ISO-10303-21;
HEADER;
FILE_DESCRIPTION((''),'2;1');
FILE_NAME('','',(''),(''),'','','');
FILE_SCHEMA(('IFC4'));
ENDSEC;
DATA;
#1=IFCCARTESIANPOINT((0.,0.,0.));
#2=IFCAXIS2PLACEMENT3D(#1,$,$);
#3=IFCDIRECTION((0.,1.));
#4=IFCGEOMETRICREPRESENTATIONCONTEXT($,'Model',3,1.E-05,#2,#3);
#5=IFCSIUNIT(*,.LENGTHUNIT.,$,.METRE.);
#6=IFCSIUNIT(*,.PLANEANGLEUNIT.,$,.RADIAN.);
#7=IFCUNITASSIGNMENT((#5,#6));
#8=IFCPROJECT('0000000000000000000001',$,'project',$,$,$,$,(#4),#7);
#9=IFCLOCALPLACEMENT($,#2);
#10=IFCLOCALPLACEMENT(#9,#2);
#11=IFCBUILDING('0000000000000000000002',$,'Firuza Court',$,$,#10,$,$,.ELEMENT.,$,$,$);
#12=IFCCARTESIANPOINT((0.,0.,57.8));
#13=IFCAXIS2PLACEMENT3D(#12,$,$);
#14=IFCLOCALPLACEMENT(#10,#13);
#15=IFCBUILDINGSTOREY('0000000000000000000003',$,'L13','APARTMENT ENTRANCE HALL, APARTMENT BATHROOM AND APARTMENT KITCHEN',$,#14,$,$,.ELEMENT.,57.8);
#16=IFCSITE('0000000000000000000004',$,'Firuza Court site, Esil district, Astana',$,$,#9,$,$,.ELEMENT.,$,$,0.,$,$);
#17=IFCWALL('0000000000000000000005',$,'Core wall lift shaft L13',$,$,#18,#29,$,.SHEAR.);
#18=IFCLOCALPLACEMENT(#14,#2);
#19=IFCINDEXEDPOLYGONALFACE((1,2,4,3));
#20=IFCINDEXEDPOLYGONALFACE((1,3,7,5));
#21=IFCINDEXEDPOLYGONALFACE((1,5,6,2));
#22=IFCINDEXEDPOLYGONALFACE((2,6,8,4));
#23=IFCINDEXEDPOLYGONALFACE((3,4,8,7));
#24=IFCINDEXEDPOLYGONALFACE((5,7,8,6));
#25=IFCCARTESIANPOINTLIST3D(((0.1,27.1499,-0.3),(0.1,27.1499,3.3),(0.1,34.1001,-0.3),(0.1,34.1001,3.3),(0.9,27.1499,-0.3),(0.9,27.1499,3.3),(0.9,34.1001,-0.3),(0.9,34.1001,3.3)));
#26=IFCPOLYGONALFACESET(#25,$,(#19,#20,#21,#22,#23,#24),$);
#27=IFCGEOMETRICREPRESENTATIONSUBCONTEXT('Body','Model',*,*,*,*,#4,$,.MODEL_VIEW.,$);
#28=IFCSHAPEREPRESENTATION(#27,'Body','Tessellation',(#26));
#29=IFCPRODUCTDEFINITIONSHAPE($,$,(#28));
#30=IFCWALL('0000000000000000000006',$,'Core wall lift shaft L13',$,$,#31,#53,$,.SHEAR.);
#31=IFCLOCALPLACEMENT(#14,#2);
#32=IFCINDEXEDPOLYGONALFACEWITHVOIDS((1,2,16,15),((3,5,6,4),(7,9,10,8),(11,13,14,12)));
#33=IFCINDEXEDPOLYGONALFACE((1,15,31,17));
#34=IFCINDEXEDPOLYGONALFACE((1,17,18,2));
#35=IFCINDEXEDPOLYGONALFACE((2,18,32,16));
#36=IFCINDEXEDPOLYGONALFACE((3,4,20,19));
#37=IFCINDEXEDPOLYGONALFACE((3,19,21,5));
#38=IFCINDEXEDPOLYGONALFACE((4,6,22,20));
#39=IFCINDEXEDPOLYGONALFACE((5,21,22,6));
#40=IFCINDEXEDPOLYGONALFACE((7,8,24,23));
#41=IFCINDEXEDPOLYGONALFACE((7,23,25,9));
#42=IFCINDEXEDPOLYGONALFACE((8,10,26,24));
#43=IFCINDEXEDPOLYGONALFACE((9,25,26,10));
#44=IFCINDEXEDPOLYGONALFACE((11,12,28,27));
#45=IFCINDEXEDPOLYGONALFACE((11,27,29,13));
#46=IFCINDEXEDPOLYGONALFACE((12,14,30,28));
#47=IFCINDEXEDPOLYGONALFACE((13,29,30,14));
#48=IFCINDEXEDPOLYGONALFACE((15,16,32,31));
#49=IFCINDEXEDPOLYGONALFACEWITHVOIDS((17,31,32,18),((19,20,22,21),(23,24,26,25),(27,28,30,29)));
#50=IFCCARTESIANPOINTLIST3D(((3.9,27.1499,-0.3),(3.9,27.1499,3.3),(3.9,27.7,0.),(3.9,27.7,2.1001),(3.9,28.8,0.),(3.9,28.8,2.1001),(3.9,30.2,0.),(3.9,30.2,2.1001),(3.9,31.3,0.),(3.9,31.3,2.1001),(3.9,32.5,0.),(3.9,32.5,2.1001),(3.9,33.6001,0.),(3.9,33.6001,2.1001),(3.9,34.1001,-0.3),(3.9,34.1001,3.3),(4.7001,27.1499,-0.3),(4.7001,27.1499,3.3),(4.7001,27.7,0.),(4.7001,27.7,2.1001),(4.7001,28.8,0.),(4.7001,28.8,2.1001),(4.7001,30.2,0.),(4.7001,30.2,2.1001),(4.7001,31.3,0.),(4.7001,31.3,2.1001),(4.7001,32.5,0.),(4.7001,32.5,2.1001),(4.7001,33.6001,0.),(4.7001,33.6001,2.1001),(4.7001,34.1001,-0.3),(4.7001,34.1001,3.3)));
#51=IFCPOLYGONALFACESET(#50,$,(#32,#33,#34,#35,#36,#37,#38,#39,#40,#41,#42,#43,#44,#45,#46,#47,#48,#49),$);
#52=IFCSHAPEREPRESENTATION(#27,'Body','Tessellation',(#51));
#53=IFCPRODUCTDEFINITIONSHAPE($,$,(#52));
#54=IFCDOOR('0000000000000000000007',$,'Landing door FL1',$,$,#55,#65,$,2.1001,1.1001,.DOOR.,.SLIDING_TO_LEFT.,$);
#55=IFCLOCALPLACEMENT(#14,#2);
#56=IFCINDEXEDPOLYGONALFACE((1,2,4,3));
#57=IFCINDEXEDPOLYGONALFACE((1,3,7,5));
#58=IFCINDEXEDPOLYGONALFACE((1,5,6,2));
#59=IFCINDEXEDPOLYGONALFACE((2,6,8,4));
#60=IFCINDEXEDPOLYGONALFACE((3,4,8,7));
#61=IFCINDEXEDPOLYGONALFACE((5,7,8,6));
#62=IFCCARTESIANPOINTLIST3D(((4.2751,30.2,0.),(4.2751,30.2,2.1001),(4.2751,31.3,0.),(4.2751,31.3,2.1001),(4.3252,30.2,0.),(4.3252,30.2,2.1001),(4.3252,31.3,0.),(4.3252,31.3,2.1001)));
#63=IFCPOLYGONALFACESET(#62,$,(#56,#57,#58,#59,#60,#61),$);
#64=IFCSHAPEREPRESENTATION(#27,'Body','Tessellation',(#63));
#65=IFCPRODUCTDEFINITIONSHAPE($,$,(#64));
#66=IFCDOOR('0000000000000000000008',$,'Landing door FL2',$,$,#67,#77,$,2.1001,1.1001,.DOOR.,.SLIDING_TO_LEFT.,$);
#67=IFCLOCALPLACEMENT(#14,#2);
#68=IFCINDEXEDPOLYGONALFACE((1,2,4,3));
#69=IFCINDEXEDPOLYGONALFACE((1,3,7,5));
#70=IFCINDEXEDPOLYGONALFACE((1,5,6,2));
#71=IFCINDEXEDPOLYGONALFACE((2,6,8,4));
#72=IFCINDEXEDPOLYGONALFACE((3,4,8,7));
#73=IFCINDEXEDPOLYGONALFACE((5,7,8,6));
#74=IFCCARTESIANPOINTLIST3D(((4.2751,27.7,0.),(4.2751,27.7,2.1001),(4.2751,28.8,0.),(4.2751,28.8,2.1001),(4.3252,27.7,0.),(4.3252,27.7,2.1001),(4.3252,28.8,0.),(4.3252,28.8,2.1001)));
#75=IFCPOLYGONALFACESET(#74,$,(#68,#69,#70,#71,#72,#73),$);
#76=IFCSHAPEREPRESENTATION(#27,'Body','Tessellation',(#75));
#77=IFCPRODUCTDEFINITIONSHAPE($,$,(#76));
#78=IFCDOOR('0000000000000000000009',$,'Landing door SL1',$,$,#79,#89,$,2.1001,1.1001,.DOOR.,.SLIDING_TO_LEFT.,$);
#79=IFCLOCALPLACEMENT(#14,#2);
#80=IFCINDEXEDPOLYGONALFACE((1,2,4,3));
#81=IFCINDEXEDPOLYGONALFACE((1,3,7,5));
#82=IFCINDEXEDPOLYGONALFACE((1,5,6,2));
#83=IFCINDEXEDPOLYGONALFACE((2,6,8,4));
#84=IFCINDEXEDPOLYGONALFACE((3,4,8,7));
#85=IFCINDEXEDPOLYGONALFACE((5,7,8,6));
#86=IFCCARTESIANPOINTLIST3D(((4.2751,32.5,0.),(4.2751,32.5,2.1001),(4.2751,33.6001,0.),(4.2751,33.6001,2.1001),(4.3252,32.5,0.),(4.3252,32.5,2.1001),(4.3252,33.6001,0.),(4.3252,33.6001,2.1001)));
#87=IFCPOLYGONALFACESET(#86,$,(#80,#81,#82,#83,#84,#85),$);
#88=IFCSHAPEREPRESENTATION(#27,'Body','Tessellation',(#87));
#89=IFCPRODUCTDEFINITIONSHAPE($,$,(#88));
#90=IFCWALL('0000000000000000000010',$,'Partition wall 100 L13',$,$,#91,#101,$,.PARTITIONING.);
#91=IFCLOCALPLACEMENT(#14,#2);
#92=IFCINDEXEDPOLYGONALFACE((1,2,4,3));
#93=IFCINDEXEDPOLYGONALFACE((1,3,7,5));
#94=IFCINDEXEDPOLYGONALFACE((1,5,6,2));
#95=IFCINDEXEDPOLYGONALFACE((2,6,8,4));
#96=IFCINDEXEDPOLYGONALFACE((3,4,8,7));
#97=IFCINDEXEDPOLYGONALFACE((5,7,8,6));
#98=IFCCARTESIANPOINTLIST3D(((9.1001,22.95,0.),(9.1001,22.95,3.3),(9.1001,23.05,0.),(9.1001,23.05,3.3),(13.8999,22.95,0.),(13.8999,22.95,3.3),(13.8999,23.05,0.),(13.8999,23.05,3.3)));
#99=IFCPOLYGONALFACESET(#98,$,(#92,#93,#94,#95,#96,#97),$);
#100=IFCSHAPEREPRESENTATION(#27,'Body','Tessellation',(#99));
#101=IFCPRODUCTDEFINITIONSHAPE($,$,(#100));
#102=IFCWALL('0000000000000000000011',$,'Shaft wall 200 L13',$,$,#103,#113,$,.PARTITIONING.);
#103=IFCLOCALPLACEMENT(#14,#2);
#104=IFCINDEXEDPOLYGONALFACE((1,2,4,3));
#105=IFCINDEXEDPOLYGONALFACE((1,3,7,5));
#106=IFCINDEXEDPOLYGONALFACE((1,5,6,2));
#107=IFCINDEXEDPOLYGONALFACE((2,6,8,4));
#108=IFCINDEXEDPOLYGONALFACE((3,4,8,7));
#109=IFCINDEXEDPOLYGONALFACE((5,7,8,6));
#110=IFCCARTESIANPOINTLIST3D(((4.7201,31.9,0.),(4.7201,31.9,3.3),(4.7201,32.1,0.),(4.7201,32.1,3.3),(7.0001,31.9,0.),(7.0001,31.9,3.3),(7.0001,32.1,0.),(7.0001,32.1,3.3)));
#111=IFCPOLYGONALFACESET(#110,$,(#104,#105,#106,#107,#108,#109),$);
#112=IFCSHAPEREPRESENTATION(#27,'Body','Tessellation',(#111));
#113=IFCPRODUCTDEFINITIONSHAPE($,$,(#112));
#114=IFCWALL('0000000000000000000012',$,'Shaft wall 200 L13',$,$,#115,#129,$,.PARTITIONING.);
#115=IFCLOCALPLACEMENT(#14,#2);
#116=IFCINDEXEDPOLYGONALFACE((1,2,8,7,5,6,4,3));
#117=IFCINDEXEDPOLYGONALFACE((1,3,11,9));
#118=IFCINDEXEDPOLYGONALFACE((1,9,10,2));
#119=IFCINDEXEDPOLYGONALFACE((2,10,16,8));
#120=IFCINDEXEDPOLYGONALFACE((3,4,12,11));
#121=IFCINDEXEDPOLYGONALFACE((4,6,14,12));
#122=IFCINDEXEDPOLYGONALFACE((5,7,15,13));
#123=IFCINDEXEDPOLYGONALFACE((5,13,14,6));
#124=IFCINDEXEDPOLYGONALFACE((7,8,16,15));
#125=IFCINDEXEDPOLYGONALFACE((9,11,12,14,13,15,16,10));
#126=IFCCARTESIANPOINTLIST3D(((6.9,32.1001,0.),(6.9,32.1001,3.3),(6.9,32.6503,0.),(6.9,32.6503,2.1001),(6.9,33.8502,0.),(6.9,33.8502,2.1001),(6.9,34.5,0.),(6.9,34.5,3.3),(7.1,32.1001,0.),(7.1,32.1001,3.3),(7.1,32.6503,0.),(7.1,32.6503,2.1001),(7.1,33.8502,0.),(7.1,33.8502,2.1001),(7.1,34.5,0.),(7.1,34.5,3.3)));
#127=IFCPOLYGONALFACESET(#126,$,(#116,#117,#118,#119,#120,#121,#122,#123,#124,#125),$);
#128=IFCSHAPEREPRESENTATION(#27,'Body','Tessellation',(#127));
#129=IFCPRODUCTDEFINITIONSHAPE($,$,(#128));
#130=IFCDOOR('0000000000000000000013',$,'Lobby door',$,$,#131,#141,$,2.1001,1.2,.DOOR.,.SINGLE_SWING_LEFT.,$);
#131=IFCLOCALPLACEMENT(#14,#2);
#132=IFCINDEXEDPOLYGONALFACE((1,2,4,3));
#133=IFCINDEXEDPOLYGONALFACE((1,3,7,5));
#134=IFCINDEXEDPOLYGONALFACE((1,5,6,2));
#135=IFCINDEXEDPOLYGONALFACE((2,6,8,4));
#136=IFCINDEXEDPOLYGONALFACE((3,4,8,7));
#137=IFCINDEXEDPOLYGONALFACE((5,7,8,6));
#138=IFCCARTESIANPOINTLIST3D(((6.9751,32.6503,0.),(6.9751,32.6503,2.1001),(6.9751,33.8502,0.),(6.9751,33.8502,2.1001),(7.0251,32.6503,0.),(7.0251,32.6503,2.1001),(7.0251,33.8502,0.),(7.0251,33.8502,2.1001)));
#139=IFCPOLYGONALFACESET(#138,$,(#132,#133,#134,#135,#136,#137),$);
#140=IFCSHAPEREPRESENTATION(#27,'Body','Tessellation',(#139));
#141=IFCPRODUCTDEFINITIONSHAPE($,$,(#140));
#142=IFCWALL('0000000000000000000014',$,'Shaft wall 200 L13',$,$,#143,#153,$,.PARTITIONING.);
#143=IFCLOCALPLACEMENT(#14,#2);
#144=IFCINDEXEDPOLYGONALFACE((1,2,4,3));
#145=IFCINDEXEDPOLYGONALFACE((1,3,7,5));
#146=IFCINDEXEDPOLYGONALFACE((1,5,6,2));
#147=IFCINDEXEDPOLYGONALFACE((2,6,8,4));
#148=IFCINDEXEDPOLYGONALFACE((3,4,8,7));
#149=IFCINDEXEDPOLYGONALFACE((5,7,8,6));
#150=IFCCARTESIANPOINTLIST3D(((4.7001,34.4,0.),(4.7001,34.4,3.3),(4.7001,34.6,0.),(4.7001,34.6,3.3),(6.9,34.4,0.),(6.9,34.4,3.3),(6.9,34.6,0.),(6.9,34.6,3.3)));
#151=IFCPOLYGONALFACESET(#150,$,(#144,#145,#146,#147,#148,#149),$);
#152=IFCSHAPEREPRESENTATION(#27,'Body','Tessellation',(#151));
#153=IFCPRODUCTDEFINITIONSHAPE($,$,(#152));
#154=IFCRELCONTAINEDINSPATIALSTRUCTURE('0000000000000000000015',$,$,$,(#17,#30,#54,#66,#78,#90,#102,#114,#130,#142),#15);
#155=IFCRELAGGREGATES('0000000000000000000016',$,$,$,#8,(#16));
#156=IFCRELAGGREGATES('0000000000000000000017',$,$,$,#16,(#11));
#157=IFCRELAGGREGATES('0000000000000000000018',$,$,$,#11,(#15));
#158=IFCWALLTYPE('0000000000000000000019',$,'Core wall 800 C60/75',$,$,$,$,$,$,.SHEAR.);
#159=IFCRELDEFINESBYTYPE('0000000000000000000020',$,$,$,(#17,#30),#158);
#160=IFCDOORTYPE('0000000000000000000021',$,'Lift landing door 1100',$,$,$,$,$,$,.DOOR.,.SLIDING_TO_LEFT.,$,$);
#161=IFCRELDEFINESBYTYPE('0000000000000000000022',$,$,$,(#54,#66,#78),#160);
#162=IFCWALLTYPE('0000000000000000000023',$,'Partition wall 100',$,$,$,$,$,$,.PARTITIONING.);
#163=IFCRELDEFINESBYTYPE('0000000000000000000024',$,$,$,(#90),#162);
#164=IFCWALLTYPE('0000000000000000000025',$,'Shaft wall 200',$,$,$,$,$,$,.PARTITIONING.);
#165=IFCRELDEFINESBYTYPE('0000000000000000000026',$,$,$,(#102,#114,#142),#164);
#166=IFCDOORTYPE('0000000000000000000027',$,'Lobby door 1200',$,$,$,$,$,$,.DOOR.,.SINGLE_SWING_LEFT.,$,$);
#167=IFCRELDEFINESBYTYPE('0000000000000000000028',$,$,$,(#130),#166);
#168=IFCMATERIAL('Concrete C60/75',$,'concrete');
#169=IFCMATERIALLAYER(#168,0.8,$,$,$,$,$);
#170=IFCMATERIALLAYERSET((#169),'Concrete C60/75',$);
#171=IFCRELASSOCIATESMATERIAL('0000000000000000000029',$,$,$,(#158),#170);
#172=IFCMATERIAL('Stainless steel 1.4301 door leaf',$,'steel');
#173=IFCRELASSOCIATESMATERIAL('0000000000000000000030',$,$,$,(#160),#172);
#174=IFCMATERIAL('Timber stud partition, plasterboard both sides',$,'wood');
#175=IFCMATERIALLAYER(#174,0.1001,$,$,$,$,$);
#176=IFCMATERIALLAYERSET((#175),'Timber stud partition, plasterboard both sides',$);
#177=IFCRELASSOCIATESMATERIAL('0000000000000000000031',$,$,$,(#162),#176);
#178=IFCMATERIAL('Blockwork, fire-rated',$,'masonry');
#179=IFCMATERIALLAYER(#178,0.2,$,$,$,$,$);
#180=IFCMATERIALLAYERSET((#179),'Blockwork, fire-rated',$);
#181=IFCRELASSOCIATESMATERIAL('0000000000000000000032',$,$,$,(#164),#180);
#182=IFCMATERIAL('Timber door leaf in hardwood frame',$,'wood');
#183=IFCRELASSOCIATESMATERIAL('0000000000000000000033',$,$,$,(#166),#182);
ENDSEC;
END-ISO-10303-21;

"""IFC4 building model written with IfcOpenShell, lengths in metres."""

from ifc_helpers import new_model, si_unit, direction, frame, frame_2d, origin, place, context, subcontext, project, spatial, rectangle, extrude, material, layer, layer_set, type_object, element, fill, save


model = new_model("IFC4")

# Units and contexts
model_context = context("Model", 3, precision=1e-05, world=origin(), true_north=direction((0.0, 1.0)))
body_context = subcontext(model_context, "Body", "Model", "MODEL_VIEW")
ifc_project = project(units=[si_unit("LENGTHUNIT", "METRE"), si_unit("PLANEANGLEUNIT", "RADIAN")], contexts=[model_context])

# Site, building, storey
site_placement = place(None, origin())
site = spatial("IfcSite", under=ifc_project, at=site_placement, Name="Firuza Court site, Esil district, Astana", CompositionType="ELEMENT", RefElevation=0.0)
building_placement = place(site_placement, origin())
building = spatial("IfcBuilding", under=site, at=building_placement, Name="Firuza Court", CompositionType="ELEMENT")
storey_placement = place(building_placement, frame((0.0, 0.0, 57.8)))
storey = spatial("IfcBuildingStorey", under=building, at=storey_placement, Name="L13", Description="APARTMENT ENTRANCE HALL, APARTMENT BATHROOM AND APARTMENT KITCHEN", CompositionType="ELEMENT", Elevation=57.8)

# Shared definitions
ifc_material_1 = material(Name="Concrete C60/75", Category="concrete")

# Wall
ifc_layer_1 = layer(ifc_material_1, 0.8)
ifc_layer_set_1 = layer_set([ifc_layer_1], Name="Concrete C60/75")
wall_type_1 = type_object("IfcWallType", Name="Core wall 800 C60/75", PredefinedType="SHEAR", material=ifc_layer_set_1)
wall_1_placement = place(storey_placement, frame((0.5, 27.1499, -0.3), z_axis=(0.0, 0.0, 1.0), x_axis=(0.0, 1.0, 0.0)))
element("IfcWall", 1, at=wall_1_placement, inside=storey, type_object=wall_type_1, Name="Core wall lift shaft L13", PredefinedType="SHEAR", context=body_context, shape_type="SweptSolid", body=[
    extrude(rectangle(XDim=6.9502, YDim=0.8, at=frame_2d((3.4751, 0.0))), origin(), (0.0, 0.0, 1.0), 3.6001),
])

# Wall, openings, doors
wall_2_placement = place(storey_placement, frame((4.3, 27.1499, -0.3), z_axis=(0.0, 0.0, 1.0), x_axis=(0.0, 1.0, 0.0)))
wall_2 = element("IfcWall", 2, at=wall_2_placement, inside=storey, type_object=wall_type_1, Name="Core wall lift shaft L13", PredefinedType="SHEAR", context=body_context, shape_type="SweptSolid", body=[
    extrude(rectangle(XDim=6.9502, YDim=0.8, at=frame_2d((3.4751, 0.0))), origin(), (0.0, 0.0, 1.0), 3.6001),
])
opening_1_placement = place(wall_2_placement, frame((3.05, 0.0, 0.3)))
opening_1 = element("IfcOpeningElement", 3, at=opening_1_placement, cuts=wall_2, PredefinedType="OPENING", context=body_context, shape_type="SweptSolid", body=[
    extrude(rectangle(XDim=1.1001, YDim=2.1001, at=frame_2d((0.55, 1.05))), frame((0.0, 0.4121, 0.0), z_axis=(0.0, -1.0, 0.0), x_axis=(1.0, 0.0, 0.0)), (0.0, 0.0, 1.0), 0.824),
])
opening_2_placement = place(wall_2_placement, frame((0.55, 0.0, 0.3)))
opening_2 = element("IfcOpeningElement", 4, at=opening_2_placement, cuts=wall_2, PredefinedType="OPENING", context=body_context, shape_type="SweptSolid", body=[
    extrude(rectangle(XDim=1.1001, YDim=2.1001, at=frame_2d((0.55, 1.05))), frame((0.0, 0.4121, 0.0), z_axis=(0.0, -1.0, 0.0), x_axis=(1.0, 0.0, 0.0)), (0.0, 0.0, 1.0), 0.824),
])
opening_3_placement = place(wall_2_placement, frame((5.3501, 0.0, 0.3)))
opening_3 = element("IfcOpeningElement", 5, at=opening_3_placement, cuts=wall_2, PredefinedType="OPENING", context=body_context, shape_type="SweptSolid", body=[
    extrude(rectangle(XDim=1.1001, YDim=2.1001, at=frame_2d((0.55, 1.05))), frame((0.0, 0.4121, 0.0), z_axis=(0.0, -1.0, 0.0), x_axis=(1.0, 0.0, 0.0)), (0.0, 0.0, 1.0), 0.824),
])
ifc_material_2 = material(Name="Stainless steel 1.4301 door leaf", Category="steel")
door_type_1 = type_object("IfcDoorType", Name="Lift landing door 1100", OperationType="SLIDING_TO_LEFT", PredefinedType="DOOR", material=ifc_material_2)
door_1_placement = place(opening_1_placement, origin())
door_1 = element("IfcDoor", 6, at=door_1_placement, inside=storey, type_object=door_type_1, Name="Landing door FL1", OperationType="SLIDING_TO_LEFT", OverallHeight=2.1001, OverallWidth=1.1001, PredefinedType="DOOR", context=body_context, shape_type="SweptSolid", body=[
    extrude(rectangle(XDim=1.1001, YDim=2.1001, at=frame_2d((0.55, 1.05))), frame((0.0, 0.0249, 0.0), z_axis=(0.0, -1.0, 0.0), x_axis=(1.0, 0.0, 0.0)), (0.0, 0.0, 1.0), 0.05),
])
fill(opening_1, door_1)
door_2_placement = place(opening_2_placement, origin())
door_2 = element("IfcDoor", 7, at=door_2_placement, inside=storey, type_object=door_type_1, Name="Landing door FL2", OperationType="SLIDING_TO_LEFT", OverallHeight=2.1001, OverallWidth=1.1001, PredefinedType="DOOR", context=body_context, shape_type="SweptSolid", body=[
    extrude(rectangle(XDim=1.1001, YDim=2.1001, at=frame_2d((0.55, 1.05))), frame((0.0, 0.0249, 0.0), z_axis=(0.0, -1.0, 0.0), x_axis=(1.0, 0.0, 0.0)), (0.0, 0.0, 1.0), 0.05),
])
fill(opening_2, door_2)
door_3_placement = place(opening_3_placement, origin())
door_3 = element("IfcDoor", 8, at=door_3_placement, inside=storey, type_object=door_type_1, Name="Landing door SL1", OperationType="SLIDING_TO_LEFT", OverallHeight=2.1001, OverallWidth=1.1001, PredefinedType="DOOR", context=body_context, shape_type="SweptSolid", body=[
    extrude(rectangle(XDim=1.1001, YDim=2.1001, at=frame_2d((0.55, 1.05))), frame((0.0, 0.0249, 0.0), z_axis=(0.0, -1.0, 0.0), x_axis=(1.0, 0.0, 0.0)), (0.0, 0.0, 1.0), 0.05),
])
fill(opening_3, door_3)

# Walls
ifc_material_3 = material(Name="Timber stud partition, plasterboard both sides", Category="wood")
ifc_layer_2 = layer(ifc_material_3, 0.1001)
ifc_layer_set_2 = layer_set([ifc_layer_2], Name="Timber stud partition, plasterboard both sides")
wall_type_2 = type_object("IfcWallType", Name="Partition wall 100", PredefinedType="PARTITIONING", material=ifc_layer_set_2)
wall_3_placement = place(storey_placement, frame((9.1001, 23.0, 0.0), z_axis=(0.0, 0.0, 1.0), x_axis=(1.0, 0.0, 0.0)))
element("IfcWall", 9, at=wall_3_placement, inside=storey, type_object=wall_type_2, Name="Partition wall 100 L13", PredefinedType="PARTITIONING", context=body_context, shape_type="SweptSolid", body=[
    extrude(rectangle(XDim=4.7998, YDim=0.1001, at=frame_2d((2.3999, 0.0))), origin(), (0.0, 0.0, 1.0), 3.3),
])
ifc_material_4 = material(Name="Blockwork, fire-rated", Category="masonry")
ifc_layer_3 = layer(ifc_material_4, 0.2)
ifc_layer_set_3 = layer_set([ifc_layer_3], Name="Blockwork, fire-rated")
wall_type_3 = type_object("IfcWallType", Name="Shaft wall 200", PredefinedType="PARTITIONING", material=ifc_layer_set_3)
wall_4_placement = place(storey_placement, frame((4.72, 32.0, 0.0), z_axis=(0.0, 0.0, 1.0), x_axis=(1.0, 0.0, 0.0)))
element("IfcWall", 10, at=wall_4_placement, inside=storey, type_object=wall_type_3, Name="Shaft wall 200 L13", PredefinedType="PARTITIONING", context=body_context, shape_type="SweptSolid", body=[
    extrude(rectangle(XDim=2.28, YDim=0.2, at=frame_2d((1.1401, 0.0))), origin(), (0.0, 0.0, 1.0), 3.3),
])

# Wall, opening, door
wall_5_placement = place(storey_placement, frame((7.0, 32.1001, 0.0), z_axis=(0.0, 0.0, 1.0), x_axis=(0.0, 1.0, 0.0)))
wall_5 = element("IfcWall", 11, at=wall_5_placement, inside=storey, type_object=wall_type_3, Name="Shaft wall 200 L13", PredefinedType="PARTITIONING", context=body_context, shape_type="SweptSolid", body=[
    extrude(rectangle(XDim=2.3999, YDim=0.2, at=frame_2d((1.2, 0.0))), origin(), (0.0, 0.0, 1.0), 3.3),
])
opening_4_placement = place(wall_5_placement, frame((0.55, 0.0, 0.0)))
opening_4 = element("IfcOpeningElement", 12, at=opening_4_placement, cuts=wall_5, PredefinedType="OPENING", context=body_context, shape_type="SweptSolid", body=[
    extrude(rectangle(XDim=1.2, YDim=2.1001, at=frame_2d((0.6001, 1.05))), frame((0.0, 0.1118, 0.0), z_axis=(0.0, -1.0, 0.0), x_axis=(1.0, 0.0, 0.0)), (0.0, 0.0, 1.0), 0.2239),
])
ifc_material_5 = material(Name="Timber door leaf in hardwood frame", Category="wood")
door_type_2 = type_object("IfcDoorType", Name="Lobby door 1200", OperationType="SINGLE_SWING_LEFT", PredefinedType="DOOR", material=ifc_material_5)
door_4_placement = place(opening_4_placement, origin())
door_4 = element("IfcDoor", 13, at=door_4_placement, inside=storey, type_object=door_type_2, Name="Lobby door", OperationType="SINGLE_SWING_LEFT", OverallHeight=2.1001, OverallWidth=1.2, PredefinedType="DOOR", context=body_context, shape_type="SweptSolid", body=[
    extrude(rectangle(XDim=1.2, YDim=2.1001, at=frame_2d((0.6001, 1.05))), frame((0.0, 0.0249, 0.0), z_axis=(0.0, -1.0, 0.0), x_axis=(1.0, 0.0, 0.0)), (0.0, 0.0, 1.0), 0.05),
])
fill(opening_4, door_4)

# Wall
wall_6_placement = place(storey_placement, frame((4.7, 34.5, 0.0), z_axis=(0.0, 0.0, 1.0), x_axis=(1.0, 0.0, 0.0)))
element("IfcWall", 14, at=wall_6_placement, inside=storey, type_object=wall_type_3, Name="Shaft wall 200 L13", PredefinedType="PARTITIONING", context=body_context, shape_type="SweptSolid", body=[
    extrude(rectangle(XDim=2.2, YDim=0.2, at=frame_2d((1.1001, 0.0))), origin(), (0.0, 0.0, 1.0), 3.3),
])

save(model, "model.ifc")
